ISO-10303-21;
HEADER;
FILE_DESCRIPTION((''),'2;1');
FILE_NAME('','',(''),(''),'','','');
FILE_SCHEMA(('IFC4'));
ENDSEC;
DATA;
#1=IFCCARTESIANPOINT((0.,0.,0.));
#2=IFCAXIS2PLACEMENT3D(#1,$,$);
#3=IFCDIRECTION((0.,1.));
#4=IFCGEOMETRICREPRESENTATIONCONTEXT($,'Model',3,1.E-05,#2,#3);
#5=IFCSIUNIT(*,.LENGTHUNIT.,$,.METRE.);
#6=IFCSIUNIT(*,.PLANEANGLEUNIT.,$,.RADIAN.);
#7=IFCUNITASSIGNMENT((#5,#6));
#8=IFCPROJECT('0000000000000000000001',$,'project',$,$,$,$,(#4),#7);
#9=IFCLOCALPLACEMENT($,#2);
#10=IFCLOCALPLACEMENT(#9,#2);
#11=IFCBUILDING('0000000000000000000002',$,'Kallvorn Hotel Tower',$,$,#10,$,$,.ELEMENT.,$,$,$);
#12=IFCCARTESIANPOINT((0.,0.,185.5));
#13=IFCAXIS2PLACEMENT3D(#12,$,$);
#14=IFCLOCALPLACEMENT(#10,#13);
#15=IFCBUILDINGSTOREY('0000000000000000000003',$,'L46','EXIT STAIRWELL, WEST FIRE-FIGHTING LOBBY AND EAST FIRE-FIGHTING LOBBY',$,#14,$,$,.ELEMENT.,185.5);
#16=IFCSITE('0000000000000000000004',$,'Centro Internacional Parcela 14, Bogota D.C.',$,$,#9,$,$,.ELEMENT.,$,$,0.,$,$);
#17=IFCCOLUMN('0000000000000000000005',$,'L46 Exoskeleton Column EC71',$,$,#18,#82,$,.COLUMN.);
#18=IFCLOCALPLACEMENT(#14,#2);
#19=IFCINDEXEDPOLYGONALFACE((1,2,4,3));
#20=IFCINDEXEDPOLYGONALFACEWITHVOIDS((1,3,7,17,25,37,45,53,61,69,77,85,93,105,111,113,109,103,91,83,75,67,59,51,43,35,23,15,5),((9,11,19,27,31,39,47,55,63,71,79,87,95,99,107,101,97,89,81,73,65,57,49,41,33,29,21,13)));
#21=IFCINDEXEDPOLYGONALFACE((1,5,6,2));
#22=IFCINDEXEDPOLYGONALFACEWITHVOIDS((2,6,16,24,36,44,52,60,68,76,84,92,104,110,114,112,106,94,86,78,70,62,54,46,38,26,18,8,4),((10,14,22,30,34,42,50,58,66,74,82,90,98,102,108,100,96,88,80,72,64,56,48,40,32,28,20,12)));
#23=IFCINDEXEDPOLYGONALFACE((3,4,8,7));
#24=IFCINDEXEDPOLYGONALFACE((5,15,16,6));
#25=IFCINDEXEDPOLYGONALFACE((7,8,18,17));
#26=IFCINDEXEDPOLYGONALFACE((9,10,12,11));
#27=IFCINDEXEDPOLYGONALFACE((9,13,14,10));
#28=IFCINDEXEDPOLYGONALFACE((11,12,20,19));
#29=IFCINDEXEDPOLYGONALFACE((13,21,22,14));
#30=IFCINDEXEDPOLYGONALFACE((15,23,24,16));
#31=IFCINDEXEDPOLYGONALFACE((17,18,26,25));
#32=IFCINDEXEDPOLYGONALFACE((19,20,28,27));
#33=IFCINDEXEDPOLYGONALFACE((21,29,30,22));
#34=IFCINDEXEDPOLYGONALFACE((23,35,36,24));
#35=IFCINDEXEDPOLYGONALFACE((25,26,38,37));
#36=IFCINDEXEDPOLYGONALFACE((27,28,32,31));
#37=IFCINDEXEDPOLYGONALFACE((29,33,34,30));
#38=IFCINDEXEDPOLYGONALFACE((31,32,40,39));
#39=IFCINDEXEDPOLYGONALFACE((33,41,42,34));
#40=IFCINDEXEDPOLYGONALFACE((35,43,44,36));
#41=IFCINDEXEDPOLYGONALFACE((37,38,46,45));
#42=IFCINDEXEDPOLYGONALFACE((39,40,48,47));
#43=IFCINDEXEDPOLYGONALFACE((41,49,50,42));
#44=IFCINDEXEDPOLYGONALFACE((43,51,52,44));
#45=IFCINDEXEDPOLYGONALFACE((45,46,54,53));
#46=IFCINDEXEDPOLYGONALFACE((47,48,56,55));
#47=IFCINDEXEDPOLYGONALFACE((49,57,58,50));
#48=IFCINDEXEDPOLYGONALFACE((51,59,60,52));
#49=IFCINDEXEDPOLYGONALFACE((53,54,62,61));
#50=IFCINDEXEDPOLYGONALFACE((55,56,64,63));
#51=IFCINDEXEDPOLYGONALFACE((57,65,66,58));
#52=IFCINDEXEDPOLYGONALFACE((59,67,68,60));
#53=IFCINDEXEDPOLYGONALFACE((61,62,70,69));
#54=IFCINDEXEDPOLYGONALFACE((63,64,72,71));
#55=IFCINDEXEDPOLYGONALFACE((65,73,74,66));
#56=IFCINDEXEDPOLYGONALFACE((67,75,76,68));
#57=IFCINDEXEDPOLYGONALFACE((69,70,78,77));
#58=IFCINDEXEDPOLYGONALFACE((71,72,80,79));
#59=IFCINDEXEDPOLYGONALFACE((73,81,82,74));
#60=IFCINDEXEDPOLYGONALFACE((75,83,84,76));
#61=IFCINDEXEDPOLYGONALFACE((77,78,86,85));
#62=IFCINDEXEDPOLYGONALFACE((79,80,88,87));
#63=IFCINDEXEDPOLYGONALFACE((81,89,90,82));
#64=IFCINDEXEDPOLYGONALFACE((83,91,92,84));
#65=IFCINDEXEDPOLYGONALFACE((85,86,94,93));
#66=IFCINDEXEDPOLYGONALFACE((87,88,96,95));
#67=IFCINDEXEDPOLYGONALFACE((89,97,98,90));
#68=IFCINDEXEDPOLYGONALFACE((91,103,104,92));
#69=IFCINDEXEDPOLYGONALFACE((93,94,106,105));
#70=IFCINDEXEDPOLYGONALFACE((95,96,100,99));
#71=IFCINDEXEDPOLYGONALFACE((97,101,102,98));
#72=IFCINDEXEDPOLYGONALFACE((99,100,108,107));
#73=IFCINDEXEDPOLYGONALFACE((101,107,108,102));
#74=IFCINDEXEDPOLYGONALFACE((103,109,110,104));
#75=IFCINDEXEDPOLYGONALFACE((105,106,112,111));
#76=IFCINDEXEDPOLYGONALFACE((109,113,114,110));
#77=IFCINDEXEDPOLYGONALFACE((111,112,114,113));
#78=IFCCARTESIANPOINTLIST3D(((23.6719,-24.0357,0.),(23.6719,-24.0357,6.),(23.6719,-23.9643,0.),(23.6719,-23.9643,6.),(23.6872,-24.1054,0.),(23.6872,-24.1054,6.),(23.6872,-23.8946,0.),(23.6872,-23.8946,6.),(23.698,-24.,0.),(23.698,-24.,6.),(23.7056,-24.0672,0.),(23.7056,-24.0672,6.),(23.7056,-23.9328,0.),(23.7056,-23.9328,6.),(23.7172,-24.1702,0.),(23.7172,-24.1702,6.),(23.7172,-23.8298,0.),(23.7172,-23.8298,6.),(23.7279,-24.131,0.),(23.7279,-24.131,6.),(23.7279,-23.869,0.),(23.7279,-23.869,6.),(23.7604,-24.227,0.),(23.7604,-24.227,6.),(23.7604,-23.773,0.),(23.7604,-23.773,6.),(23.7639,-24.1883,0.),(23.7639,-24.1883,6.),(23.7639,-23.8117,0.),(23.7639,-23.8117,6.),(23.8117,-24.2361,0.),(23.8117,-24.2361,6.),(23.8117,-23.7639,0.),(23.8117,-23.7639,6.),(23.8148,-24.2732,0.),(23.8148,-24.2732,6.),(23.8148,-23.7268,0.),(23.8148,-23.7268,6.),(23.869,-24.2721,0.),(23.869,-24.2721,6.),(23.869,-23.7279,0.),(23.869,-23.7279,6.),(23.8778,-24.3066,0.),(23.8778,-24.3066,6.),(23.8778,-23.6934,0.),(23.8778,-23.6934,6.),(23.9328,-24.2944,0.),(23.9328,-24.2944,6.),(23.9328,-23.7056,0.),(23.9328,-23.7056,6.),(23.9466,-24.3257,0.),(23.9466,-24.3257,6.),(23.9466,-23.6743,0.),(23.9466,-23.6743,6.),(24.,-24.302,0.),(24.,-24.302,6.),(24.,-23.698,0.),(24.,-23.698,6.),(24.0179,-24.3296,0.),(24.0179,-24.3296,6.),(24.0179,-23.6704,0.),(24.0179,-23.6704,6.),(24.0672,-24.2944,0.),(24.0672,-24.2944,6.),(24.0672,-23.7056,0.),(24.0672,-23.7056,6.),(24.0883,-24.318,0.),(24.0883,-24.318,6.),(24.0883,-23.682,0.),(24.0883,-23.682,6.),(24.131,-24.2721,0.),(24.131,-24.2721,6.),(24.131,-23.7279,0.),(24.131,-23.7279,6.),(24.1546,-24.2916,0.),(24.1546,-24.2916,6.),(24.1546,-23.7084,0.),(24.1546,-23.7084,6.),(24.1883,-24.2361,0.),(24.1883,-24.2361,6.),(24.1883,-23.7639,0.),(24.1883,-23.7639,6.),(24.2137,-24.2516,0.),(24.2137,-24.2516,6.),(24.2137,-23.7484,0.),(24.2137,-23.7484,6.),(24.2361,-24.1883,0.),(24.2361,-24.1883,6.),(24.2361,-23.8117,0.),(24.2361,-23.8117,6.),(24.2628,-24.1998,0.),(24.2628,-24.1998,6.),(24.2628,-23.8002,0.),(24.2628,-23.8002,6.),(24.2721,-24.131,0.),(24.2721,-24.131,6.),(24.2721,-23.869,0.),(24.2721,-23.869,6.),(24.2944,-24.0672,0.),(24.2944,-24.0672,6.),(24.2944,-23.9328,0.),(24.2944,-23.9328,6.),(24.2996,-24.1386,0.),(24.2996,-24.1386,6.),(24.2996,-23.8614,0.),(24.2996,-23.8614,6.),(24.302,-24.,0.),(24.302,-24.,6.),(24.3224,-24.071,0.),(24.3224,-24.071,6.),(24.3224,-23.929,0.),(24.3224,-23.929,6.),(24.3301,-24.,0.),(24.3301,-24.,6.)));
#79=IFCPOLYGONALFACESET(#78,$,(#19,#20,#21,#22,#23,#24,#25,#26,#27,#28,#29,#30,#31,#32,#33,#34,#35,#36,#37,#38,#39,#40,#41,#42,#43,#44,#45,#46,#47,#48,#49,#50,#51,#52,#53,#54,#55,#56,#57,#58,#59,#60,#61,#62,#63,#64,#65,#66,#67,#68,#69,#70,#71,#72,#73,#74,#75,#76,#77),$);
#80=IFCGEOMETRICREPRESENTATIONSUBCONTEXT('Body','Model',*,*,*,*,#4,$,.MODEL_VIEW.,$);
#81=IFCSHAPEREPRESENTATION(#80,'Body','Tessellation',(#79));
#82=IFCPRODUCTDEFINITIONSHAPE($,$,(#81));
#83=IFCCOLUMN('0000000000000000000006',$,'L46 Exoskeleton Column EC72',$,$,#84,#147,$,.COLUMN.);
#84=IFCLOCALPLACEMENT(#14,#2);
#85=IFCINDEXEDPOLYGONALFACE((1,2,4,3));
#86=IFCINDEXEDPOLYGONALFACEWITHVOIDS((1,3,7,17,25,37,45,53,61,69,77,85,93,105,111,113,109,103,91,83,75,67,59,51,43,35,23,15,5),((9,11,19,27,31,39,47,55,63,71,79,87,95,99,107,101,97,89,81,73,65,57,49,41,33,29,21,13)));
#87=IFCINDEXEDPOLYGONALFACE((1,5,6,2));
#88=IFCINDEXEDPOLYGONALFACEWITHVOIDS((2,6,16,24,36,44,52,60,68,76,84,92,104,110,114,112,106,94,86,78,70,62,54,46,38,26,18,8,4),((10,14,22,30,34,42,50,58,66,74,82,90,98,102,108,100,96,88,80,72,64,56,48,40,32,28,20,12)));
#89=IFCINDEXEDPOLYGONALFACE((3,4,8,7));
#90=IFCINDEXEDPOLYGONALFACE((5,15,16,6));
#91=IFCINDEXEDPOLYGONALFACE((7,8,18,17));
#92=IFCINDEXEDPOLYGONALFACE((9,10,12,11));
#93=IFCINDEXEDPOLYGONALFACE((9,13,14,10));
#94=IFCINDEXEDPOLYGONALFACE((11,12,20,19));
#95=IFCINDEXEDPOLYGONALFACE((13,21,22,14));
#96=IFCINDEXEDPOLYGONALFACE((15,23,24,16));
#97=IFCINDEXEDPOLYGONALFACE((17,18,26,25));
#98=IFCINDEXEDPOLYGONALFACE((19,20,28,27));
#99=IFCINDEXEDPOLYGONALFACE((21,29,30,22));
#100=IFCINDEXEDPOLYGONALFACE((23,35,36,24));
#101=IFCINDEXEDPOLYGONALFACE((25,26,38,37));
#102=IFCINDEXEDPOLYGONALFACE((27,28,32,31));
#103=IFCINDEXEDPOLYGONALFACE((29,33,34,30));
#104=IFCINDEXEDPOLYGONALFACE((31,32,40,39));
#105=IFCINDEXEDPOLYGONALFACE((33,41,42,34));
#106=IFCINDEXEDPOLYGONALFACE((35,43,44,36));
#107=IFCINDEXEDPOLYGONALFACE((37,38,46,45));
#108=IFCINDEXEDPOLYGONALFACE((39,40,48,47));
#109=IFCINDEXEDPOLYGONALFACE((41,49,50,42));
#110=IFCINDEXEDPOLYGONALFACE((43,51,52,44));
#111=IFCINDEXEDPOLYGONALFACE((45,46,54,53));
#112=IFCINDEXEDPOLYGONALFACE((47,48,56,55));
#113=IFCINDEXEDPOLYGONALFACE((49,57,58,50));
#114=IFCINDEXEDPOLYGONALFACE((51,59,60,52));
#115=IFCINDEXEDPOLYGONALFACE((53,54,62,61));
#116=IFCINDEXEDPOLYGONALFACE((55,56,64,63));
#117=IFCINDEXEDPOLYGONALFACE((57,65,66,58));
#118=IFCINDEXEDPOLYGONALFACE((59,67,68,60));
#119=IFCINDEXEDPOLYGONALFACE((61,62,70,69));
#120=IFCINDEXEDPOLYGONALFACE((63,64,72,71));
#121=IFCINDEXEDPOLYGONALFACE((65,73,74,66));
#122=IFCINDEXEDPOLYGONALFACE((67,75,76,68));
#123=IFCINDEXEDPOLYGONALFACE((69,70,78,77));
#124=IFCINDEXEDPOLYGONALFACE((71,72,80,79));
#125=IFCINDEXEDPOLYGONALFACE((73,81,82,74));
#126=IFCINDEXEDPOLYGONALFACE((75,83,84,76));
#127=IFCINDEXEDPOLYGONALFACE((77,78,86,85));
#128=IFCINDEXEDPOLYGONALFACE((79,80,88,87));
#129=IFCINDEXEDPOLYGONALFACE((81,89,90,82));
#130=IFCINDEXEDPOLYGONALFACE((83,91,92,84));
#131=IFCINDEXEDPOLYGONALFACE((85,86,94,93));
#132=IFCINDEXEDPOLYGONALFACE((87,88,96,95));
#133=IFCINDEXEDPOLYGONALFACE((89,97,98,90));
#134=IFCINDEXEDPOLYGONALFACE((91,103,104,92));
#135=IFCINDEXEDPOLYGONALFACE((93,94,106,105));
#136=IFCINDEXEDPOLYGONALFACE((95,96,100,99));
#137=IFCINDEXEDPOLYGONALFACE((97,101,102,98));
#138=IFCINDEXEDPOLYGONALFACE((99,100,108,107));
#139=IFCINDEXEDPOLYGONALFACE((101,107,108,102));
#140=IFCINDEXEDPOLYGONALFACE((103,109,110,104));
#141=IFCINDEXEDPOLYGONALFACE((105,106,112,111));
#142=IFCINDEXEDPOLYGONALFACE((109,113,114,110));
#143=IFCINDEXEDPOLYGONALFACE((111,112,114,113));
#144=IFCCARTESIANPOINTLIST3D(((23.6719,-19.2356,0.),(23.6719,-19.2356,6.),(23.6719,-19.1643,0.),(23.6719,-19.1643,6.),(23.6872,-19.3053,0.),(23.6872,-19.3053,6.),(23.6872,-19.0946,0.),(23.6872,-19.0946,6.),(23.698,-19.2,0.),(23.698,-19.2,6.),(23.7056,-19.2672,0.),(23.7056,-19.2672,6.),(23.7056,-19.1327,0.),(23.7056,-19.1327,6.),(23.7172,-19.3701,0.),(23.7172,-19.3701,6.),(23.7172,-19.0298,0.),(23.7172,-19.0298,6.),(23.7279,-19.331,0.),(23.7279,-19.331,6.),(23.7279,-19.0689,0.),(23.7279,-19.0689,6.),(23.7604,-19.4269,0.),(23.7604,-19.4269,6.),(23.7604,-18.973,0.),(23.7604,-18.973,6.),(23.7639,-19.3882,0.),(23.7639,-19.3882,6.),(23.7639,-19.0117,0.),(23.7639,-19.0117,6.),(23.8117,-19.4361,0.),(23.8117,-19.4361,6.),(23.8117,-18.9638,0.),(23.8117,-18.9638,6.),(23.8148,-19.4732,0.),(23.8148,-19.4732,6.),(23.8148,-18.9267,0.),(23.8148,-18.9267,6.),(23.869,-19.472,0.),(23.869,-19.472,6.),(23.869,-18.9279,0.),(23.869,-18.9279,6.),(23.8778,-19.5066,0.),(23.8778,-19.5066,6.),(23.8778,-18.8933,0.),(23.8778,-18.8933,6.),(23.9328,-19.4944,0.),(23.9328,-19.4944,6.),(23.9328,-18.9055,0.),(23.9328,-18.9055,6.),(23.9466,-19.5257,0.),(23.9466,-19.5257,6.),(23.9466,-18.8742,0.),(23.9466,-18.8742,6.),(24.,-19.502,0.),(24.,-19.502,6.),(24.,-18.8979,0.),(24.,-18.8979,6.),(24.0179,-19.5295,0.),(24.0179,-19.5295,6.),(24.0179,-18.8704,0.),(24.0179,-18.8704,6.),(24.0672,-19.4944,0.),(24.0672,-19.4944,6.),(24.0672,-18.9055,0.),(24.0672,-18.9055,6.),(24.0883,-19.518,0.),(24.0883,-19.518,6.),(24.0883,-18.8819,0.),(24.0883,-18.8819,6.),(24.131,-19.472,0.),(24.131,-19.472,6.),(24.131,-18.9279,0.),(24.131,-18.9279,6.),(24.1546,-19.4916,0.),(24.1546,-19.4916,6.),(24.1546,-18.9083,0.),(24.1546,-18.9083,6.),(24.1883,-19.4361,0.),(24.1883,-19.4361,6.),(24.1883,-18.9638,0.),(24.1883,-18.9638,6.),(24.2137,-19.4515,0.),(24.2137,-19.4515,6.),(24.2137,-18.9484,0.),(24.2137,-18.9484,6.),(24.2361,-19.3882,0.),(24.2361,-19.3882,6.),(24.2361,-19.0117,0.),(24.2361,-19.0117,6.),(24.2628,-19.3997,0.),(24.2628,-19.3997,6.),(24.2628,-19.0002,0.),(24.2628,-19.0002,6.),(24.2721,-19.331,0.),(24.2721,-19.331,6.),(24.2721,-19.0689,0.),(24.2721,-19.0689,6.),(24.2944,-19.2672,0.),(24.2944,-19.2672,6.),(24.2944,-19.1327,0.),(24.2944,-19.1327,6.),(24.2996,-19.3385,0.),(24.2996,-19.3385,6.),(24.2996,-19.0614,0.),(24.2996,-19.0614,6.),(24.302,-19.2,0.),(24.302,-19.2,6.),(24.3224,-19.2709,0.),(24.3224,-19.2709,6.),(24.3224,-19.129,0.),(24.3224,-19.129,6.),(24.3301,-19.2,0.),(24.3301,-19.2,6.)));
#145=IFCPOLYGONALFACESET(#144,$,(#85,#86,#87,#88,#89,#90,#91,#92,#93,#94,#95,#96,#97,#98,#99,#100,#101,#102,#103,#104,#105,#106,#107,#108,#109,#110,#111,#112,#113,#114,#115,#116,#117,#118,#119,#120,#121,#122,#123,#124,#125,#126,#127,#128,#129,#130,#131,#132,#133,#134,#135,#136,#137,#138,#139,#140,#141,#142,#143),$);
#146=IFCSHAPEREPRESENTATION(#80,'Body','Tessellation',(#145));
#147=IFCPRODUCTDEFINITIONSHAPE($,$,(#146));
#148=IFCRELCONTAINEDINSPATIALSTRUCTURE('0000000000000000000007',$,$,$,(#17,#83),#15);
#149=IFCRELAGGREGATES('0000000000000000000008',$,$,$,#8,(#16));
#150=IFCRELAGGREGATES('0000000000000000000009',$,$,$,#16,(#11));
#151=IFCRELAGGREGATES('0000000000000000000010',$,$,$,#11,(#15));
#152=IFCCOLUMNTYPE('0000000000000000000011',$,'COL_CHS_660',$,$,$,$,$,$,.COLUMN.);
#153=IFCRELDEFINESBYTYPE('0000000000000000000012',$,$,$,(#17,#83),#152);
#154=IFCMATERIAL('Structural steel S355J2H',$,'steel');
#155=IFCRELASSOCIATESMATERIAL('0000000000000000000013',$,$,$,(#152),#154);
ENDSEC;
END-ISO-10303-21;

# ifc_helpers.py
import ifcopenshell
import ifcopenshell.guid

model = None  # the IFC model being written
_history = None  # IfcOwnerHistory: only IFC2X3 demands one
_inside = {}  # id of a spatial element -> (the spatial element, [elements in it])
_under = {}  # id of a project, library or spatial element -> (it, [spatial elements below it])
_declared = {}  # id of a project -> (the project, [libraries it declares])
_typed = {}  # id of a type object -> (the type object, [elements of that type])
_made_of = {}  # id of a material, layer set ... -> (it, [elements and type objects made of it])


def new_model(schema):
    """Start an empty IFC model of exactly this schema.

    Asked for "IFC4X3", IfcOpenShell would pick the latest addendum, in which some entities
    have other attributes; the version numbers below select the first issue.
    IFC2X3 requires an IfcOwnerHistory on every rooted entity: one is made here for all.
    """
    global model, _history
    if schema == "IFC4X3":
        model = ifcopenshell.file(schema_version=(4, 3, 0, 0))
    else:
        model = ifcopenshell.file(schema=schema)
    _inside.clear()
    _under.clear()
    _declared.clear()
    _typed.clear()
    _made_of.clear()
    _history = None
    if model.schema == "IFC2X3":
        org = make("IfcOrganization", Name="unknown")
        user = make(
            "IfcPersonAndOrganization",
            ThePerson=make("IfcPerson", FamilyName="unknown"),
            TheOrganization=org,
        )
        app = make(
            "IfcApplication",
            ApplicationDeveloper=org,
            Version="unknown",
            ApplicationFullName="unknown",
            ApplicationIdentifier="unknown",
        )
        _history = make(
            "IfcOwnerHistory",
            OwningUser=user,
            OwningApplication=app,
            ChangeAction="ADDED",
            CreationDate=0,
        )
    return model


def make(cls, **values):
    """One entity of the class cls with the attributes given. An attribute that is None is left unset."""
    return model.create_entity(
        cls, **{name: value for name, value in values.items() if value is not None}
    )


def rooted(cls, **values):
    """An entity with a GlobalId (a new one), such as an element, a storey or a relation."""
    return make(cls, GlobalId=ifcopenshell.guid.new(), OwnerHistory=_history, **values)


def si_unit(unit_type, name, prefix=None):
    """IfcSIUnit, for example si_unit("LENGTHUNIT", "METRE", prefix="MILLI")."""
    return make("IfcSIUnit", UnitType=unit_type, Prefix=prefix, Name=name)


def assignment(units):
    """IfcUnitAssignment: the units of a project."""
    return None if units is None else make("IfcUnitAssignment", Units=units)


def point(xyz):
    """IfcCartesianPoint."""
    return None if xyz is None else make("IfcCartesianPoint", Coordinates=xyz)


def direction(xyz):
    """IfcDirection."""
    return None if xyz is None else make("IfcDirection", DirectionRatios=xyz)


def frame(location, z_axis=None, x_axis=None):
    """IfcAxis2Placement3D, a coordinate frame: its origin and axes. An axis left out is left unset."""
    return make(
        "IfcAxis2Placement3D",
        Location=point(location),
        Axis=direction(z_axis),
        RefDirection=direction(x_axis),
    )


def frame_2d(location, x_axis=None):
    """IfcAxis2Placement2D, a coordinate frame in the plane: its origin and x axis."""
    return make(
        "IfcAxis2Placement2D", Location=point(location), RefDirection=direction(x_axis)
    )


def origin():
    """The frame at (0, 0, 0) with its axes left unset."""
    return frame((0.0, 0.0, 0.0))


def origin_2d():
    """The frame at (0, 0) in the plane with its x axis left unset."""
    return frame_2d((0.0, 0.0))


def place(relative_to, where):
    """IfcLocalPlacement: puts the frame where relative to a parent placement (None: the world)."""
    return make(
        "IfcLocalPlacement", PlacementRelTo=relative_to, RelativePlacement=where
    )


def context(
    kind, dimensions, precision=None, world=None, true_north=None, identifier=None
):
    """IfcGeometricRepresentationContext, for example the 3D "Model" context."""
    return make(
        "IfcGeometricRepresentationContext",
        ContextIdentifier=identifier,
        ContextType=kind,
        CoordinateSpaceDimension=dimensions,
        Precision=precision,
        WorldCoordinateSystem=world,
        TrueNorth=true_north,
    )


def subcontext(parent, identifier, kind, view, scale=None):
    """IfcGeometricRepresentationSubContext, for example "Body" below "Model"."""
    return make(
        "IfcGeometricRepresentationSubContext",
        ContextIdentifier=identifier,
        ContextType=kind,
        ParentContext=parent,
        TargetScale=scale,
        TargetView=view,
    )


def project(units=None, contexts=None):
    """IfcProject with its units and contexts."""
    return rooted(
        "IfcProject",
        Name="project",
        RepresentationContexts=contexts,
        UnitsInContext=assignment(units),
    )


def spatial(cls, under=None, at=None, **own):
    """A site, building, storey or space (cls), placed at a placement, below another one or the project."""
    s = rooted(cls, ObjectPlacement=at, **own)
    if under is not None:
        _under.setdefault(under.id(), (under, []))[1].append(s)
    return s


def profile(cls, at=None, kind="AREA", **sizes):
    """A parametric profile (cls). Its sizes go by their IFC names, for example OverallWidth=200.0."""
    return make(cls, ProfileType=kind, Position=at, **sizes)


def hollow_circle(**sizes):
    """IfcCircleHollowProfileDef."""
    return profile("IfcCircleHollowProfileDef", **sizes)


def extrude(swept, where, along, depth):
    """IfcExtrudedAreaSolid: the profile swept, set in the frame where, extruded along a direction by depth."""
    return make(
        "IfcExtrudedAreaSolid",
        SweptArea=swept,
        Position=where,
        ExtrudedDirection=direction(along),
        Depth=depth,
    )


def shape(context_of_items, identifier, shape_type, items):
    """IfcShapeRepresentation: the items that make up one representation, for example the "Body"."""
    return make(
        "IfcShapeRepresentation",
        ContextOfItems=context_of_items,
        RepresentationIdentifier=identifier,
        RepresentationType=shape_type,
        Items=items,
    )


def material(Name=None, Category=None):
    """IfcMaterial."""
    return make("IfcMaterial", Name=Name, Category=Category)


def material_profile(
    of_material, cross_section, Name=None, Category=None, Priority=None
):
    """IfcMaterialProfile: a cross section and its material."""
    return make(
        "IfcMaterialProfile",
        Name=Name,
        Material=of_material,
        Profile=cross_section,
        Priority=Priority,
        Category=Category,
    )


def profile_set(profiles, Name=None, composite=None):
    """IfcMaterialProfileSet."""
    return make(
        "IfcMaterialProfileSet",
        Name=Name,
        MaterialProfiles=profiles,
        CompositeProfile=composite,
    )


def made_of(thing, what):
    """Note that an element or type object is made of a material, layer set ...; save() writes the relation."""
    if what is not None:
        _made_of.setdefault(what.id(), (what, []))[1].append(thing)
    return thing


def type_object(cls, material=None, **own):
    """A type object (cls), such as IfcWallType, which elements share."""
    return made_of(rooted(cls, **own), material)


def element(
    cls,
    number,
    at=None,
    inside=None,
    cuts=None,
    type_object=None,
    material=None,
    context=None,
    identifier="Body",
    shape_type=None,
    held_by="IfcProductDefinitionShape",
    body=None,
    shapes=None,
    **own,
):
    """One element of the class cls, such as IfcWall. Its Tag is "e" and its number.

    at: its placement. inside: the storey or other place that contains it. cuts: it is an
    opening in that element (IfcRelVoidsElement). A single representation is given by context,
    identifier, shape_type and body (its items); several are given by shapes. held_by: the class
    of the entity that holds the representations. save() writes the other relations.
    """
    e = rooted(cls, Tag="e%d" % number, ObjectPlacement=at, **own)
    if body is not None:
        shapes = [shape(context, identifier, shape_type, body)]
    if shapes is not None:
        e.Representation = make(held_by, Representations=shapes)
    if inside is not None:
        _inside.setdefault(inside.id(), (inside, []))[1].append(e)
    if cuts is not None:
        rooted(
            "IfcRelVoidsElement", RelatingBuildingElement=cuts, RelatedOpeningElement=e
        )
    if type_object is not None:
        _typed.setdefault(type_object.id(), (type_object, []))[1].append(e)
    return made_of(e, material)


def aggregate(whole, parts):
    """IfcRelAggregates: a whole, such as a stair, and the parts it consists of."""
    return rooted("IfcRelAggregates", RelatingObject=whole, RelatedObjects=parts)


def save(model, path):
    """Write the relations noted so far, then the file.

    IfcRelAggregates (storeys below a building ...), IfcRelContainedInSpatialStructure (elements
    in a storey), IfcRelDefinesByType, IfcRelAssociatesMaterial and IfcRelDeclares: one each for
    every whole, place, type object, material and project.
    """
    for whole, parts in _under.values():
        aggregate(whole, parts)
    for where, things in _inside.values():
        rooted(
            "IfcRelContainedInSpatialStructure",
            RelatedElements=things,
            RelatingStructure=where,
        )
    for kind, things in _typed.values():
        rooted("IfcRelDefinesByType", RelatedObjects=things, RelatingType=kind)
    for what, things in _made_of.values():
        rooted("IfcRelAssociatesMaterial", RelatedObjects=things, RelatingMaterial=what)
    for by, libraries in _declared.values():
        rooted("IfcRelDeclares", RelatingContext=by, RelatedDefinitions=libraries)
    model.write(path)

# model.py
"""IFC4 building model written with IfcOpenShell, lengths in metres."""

from ifc_helpers import new_model, si_unit, direction, frame, origin, origin_2d, place, context, subcontext, project, spatial, hollow_circle, extrude, material, material_profile, profile_set, type_object, element, save


model = new_model("IFC4")

# Units and contexts
model_context = context("Model", 3, precision=1e-05, world=origin(), true_north=direction((0.0, 1.0)))
body_context = subcontext(model_context, "Body", "Model", "MODEL_VIEW")
ifc_project = project(units=[si_unit("LENGTHUNIT", "METRE"), si_unit("PLANEANGLEUNIT", "RADIAN")], contexts=[model_context])

# Site, building, storey
site_placement = place(None, origin())
site = spatial("IfcSite", under=ifc_project, at=site_placement, Name="Centro Internacional Parcela 14, Bogota D.C.", CompositionType="ELEMENT", RefElevation=0.0)
building_placement = place(site_placement, origin())
building = spatial("IfcBuilding", under=site, at=building_placement, Name="Kallvorn Hotel Tower", CompositionType="ELEMENT")
storey_placement = place(building_placement, frame((0.0, 0.0, 185.5)))
storey = spatial("IfcBuildingStorey", under=building, at=storey_placement, Name="L46", Description="EXIT STAIRWELL, WEST FIRE-FIGHTING LOBBY AND EAST FIRE-FIGHTING LOBBY", CompositionType="ELEMENT", Elevation=185.5)

# Columns
ifc_material_1 = material(Name="Structural steel S355J2H", Category="steel")
ifc_material_profile_1 = material_profile(ifc_material_1, hollow_circle(Radius=0.3301, WallThickness=0.0281, at=origin_2d()), Name="CHS 660x28")
ifc_profile_set_1 = profile_set([ifc_material_profile_1], Name="Structural steel S355J2H")
column_type_1 = type_object("IfcColumnType", Name="COL_CHS_660", PredefinedType="COLUMN", material=ifc_profile_set_1)
for number, where, z_axis, x_axis, name in (
    (1, (24.0, -24.0, 0.0), (0.0, 0.0, 1.0), (1.0, 0.0, 0.0), "L46 Exoskeleton Column EC71"),
    (2, (24.0, -19.2, 0.0), (0.0, 0.0, 1.0), (1.0, 0.0, 0.0), "L46 Exoskeleton Column EC72"),
):
    element("IfcColumn", number, at=place(storey_placement, frame(where, z_axis=z_axis, x_axis=x_axis)), inside=storey, type_object=column_type_1, Name=name, PredefinedType="COLUMN", context=body_context, shape_type="SweptSolid", body=[
        extrude(hollow_circle(Radius=0.3301, WallThickness=0.0281, at=origin_2d()), origin(), (0.0, 0.0, 1.0), 6.0),
    ])

save(model, "model.ifc")
